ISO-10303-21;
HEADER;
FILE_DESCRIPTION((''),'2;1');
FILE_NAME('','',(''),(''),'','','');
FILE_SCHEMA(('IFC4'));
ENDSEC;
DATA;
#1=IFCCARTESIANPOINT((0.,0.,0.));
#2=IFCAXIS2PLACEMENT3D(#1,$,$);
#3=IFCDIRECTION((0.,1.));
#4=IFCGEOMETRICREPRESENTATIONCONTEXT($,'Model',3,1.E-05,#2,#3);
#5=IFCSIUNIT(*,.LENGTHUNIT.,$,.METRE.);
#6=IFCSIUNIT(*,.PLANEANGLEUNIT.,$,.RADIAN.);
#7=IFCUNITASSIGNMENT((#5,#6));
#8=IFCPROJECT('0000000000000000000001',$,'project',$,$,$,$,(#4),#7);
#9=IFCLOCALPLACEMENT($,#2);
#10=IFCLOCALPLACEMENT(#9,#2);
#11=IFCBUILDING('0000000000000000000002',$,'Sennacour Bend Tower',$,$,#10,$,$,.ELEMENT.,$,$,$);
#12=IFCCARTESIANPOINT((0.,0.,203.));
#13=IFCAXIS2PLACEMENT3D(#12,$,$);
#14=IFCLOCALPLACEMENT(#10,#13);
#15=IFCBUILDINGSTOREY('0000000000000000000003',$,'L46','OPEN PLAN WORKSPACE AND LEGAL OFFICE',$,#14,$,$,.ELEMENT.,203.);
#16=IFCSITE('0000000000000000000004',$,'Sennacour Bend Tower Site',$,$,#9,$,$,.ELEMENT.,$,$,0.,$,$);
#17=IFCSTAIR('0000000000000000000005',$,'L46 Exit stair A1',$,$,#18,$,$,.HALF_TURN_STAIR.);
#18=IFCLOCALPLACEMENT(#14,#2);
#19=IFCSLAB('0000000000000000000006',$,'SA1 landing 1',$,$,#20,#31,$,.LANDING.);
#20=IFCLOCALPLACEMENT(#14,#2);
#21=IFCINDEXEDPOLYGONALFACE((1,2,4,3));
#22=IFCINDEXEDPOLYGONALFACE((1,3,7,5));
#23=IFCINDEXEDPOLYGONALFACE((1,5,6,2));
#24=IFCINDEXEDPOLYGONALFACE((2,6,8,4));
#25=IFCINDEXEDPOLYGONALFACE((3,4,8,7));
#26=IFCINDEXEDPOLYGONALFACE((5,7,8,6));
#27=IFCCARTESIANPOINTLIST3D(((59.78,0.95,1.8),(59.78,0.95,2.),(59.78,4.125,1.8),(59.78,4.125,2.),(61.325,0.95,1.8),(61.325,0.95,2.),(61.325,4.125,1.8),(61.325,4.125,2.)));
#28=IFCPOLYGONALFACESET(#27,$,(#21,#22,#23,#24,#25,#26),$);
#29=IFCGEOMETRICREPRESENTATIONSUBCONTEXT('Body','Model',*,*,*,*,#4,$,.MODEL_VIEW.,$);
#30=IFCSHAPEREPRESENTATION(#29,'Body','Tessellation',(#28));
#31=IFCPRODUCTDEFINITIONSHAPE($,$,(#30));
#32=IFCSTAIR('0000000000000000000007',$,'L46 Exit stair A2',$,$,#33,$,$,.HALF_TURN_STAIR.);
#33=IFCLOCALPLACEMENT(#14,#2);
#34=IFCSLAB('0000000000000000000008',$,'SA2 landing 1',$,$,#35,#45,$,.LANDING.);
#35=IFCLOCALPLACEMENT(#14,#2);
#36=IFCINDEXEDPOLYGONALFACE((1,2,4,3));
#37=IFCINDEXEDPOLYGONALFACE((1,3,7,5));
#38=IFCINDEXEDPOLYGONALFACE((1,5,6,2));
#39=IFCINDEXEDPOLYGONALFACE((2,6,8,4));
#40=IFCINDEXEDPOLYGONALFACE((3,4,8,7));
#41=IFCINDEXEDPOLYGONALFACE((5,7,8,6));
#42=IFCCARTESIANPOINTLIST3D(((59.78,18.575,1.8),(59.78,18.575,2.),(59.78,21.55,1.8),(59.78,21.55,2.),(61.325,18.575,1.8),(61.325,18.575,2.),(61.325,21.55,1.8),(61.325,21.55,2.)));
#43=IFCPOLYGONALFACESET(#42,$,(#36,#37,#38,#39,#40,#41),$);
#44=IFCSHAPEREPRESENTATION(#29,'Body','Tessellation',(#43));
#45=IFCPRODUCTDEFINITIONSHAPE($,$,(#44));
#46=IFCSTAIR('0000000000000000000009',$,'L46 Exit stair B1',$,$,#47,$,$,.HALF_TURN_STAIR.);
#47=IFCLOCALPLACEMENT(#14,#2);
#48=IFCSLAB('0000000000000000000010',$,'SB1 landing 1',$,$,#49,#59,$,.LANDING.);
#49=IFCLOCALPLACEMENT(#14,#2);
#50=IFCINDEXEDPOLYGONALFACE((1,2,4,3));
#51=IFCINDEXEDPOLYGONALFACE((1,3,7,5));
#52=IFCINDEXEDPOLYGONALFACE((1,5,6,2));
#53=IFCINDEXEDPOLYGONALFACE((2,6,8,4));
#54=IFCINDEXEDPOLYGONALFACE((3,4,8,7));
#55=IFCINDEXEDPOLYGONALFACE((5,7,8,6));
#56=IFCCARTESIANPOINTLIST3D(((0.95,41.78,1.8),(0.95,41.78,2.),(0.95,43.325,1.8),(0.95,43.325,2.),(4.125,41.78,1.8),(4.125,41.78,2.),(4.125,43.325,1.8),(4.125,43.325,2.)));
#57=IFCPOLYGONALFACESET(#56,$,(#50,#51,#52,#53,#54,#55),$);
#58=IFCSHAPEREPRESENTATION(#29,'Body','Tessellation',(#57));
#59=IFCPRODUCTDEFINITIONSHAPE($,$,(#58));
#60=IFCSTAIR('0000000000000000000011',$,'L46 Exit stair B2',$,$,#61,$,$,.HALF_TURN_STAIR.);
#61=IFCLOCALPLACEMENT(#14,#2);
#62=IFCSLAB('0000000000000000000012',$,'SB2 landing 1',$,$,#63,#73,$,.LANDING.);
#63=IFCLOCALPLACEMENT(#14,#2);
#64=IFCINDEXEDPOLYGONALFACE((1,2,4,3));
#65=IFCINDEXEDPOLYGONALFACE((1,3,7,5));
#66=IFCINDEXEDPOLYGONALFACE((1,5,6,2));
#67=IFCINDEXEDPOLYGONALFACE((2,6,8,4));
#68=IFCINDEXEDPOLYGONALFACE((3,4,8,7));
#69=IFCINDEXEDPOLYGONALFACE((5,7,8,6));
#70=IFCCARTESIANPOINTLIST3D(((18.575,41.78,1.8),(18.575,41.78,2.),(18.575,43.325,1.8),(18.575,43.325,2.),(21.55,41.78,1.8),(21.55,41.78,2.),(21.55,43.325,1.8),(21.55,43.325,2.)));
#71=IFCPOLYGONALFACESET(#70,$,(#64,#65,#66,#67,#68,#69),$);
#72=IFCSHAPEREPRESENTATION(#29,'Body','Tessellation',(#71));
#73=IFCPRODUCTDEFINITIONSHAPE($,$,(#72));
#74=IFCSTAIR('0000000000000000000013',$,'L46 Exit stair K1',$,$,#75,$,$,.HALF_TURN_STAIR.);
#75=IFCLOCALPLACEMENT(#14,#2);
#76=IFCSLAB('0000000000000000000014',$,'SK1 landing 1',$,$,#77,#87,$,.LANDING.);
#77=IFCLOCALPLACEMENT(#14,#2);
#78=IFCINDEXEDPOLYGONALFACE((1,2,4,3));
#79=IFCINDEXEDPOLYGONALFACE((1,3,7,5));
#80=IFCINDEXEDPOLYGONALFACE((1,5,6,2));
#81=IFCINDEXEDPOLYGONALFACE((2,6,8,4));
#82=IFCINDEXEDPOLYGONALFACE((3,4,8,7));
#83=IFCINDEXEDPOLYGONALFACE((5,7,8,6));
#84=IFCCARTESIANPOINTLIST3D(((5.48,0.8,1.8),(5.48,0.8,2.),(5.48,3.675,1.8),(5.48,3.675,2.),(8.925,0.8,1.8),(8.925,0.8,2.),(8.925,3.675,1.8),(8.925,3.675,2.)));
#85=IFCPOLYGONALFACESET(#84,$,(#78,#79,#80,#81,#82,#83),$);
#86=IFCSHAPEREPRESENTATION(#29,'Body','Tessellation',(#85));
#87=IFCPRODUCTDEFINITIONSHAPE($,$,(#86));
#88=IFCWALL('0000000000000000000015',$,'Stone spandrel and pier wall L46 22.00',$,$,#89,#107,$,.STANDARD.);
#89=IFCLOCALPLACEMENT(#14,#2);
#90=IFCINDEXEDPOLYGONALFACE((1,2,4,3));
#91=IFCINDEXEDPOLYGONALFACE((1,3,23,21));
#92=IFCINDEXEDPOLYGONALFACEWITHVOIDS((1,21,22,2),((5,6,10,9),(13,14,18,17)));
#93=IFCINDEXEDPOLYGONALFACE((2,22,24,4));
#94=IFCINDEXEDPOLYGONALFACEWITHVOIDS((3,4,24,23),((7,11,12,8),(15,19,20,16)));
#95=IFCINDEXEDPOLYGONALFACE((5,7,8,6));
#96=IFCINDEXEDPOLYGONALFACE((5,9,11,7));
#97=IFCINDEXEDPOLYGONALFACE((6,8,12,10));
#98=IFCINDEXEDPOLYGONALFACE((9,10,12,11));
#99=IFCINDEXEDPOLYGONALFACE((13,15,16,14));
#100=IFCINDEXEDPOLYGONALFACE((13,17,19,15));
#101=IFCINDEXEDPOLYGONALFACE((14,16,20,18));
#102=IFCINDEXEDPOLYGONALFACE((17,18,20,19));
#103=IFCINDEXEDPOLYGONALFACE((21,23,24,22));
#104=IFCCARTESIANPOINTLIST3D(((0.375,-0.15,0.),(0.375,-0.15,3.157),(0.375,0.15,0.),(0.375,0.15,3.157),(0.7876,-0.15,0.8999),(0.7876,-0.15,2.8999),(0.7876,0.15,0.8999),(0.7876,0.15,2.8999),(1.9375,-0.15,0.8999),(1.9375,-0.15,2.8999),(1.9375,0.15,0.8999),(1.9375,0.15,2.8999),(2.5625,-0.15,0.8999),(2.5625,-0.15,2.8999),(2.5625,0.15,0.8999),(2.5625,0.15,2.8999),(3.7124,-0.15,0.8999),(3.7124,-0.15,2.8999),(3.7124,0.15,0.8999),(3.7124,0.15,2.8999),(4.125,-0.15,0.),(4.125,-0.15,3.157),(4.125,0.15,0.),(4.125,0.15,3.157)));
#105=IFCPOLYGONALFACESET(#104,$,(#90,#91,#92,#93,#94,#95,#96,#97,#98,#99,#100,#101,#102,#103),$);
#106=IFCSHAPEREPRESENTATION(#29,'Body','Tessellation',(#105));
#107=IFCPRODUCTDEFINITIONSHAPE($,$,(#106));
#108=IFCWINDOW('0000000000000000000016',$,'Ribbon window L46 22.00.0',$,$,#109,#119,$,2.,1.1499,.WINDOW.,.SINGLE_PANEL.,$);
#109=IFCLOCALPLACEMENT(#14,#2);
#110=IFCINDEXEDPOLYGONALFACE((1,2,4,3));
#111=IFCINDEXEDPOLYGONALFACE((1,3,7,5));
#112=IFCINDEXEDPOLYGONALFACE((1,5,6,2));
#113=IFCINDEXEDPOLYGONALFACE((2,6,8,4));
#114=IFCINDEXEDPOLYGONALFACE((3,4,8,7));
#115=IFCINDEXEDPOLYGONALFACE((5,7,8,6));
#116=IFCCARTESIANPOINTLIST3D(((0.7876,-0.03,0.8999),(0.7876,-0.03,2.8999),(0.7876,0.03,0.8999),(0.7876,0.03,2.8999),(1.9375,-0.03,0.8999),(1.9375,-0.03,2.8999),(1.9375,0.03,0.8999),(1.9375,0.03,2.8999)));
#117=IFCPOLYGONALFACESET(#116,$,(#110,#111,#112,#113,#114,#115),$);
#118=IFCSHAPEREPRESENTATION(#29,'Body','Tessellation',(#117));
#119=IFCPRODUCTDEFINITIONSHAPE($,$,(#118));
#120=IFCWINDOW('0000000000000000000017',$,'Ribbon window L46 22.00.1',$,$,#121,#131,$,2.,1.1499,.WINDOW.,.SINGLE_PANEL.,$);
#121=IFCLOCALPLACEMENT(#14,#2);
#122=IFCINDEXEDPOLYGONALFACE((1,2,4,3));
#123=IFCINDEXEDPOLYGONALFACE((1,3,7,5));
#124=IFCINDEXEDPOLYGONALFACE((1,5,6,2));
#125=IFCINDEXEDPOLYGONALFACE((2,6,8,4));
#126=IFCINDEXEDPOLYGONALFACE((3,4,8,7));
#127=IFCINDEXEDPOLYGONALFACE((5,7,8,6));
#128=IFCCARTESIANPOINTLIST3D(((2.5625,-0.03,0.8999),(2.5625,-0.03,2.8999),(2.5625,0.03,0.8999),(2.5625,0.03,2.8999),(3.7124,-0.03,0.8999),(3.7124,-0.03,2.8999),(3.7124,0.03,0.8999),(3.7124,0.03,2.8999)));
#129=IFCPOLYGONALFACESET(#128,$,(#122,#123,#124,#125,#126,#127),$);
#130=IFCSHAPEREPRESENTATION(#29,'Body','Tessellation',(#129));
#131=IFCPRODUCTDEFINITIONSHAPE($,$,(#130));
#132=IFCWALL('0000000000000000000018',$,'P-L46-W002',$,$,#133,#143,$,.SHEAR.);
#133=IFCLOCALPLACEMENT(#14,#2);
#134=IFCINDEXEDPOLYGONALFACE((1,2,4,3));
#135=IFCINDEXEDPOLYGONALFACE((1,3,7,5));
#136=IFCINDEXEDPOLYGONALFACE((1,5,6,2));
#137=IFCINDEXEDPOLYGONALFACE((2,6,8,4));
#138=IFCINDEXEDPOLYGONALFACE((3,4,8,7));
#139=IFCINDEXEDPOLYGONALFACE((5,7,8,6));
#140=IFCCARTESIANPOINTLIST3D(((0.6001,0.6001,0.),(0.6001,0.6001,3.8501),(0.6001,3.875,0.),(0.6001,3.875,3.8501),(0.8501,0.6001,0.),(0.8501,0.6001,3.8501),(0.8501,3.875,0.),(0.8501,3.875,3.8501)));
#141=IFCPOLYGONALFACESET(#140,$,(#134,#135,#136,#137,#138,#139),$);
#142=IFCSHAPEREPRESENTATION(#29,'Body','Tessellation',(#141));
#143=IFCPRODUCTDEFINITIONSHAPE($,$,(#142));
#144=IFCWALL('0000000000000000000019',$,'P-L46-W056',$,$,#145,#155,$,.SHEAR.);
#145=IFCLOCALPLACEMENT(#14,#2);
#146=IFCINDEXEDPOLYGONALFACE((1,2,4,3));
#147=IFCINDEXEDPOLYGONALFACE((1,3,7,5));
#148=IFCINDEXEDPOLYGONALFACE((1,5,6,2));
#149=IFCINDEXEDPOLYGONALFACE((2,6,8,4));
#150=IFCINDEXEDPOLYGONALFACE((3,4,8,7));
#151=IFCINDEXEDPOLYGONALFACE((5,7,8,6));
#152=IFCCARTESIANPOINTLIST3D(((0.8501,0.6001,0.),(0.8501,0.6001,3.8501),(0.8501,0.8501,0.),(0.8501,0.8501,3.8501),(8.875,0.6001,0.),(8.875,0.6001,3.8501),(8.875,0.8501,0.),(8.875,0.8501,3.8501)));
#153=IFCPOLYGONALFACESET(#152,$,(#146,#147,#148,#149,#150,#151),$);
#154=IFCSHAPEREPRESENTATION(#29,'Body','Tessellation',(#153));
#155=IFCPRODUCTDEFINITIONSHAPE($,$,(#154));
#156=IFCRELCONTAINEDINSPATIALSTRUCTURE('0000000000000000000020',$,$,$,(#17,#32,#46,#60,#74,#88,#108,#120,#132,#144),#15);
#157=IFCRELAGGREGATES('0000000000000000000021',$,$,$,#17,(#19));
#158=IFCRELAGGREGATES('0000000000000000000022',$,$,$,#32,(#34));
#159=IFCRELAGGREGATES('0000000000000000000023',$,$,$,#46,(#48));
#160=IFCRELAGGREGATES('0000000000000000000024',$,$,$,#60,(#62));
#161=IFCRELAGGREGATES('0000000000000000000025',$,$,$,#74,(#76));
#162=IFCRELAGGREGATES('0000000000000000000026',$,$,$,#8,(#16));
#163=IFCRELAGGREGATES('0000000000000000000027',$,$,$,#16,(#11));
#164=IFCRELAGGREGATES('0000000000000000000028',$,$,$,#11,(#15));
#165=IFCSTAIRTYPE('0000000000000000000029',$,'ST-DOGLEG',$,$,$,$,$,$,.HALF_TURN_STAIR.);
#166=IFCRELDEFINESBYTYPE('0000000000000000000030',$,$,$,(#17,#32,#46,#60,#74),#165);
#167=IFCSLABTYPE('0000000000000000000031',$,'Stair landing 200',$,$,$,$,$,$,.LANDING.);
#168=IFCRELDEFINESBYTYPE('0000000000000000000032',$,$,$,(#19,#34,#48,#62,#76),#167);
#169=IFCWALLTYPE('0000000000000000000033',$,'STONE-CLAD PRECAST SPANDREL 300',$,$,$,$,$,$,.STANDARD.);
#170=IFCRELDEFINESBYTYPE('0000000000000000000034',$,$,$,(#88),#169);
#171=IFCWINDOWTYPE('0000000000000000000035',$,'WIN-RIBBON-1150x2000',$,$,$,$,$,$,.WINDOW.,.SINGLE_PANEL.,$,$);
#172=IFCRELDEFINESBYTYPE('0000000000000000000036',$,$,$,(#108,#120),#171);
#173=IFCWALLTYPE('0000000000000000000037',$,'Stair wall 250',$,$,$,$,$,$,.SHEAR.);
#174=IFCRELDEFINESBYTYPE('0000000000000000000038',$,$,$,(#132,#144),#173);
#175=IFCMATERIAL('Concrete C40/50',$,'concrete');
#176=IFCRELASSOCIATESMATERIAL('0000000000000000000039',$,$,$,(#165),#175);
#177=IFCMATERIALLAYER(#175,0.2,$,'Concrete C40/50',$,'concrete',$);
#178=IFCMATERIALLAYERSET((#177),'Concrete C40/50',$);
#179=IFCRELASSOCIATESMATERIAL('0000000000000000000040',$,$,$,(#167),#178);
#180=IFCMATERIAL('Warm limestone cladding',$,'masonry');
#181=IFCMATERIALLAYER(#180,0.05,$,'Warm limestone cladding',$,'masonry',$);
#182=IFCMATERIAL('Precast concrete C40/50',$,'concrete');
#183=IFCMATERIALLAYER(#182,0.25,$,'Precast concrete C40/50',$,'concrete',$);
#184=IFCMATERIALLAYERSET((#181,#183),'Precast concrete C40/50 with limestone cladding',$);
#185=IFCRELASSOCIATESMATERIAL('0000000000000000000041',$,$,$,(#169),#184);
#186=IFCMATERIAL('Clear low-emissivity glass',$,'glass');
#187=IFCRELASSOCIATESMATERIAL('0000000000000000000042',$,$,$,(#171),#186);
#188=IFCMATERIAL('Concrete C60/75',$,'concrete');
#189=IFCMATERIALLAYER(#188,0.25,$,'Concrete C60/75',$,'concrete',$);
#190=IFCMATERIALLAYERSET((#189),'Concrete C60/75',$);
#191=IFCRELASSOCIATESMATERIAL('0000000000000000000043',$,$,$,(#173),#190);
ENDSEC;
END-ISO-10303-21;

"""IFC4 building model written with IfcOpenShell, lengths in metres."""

from ifc_helpers import new_model, si_unit, direction, frame, frame_2d, origin, place, context, subcontext, project, spatial, polyline, rectangle, outline, extrude, material, layer, layer_set, type_object, element, fill, aggregate, save


model = new_model("IFC4")

# Units and contexts
model_context = context("Model", 3, precision=1e-05, world=origin(), true_north=direction((0.0, 1.0)))
body_context = subcontext(model_context, "Body", "Model", "MODEL_VIEW")
ifc_project = project(units=[si_unit("LENGTHUNIT", "METRE"), si_unit("PLANEANGLEUNIT", "RADIAN")], contexts=[model_context])

# Site, building, storey
site_placement = place(None, origin())
site = spatial("IfcSite", under=ifc_project, at=site_placement, Name="Sennacour Bend Tower Site", CompositionType="ELEMENT", RefElevation=0.0)
building_placement = place(site_placement, origin())
building = spatial("IfcBuilding", under=site, at=building_placement, Name="Sennacour Bend Tower", CompositionType="ELEMENT")
storey_placement = place(building_placement, frame((0.0, 0.0, 203.0)))
storey = spatial("IfcBuildingStorey", under=building, at=storey_placement, Name="L46", Description="OPEN PLAN WORKSPACE AND LEGAL OFFICE", CompositionType="ELEMENT", Elevation=203.0)

# Shared definitions
ifc_material_1 = material(Name="Concrete C40/50", Category="concrete")

# Stairs, slabs
stair_type = type_object("IfcStairType", Name="ST-DOGLEG", PredefinedType="HALF_TURN_STAIR", material=ifc_material_1)
stair_1_placement = place(storey_placement, origin())
stair_1 = element("IfcStair", 1, at=stair_1_placement, inside=storey, type_object=stair_type, Name="L46 Exit stair A1", PredefinedType="HALF_TURN_STAIR")
ifc_layer_1 = layer(ifc_material_1, 0.2, Name="Concrete C40/50", Category="concrete")
ifc_layer_set_1 = layer_set([ifc_layer_1], Name="Concrete C40/50")
slab_type_1 = type_object("IfcSlabType", Name="Stair landing 200", PredefinedType="LANDING", material=ifc_layer_set_1)
slab_1_placement = place(storey_placement, frame((0.0, 0.0, 1.8)))
slab_1 = element("IfcSlab", 2, at=slab_1_placement, type_object=slab_type_1, Name="SA1 landing 1", PredefinedType="LANDING", context=body_context, shape_type="SweptSolid", body=[
    extrude(outline(polyline([(59.78, 0.95), (61.325, 0.95), (61.325, 4.125), (59.78, 4.125), (59.78, 0.95)])), origin(), (0.0, 0.0, 1.0), 0.2),
])
aggregate(stair_1, [slab_1])
stair_2_placement = place(storey_placement, origin())
stair_2 = element("IfcStair", 3, at=stair_2_placement, inside=storey, type_object=stair_type, Name="L46 Exit stair A2", PredefinedType="HALF_TURN_STAIR")
slab_2_placement = place(storey_placement, frame((0.0, 0.0, 1.8)))
slab_2 = element("IfcSlab", 4, at=slab_2_placement, type_object=slab_type_1, Name="SA2 landing 1", PredefinedType="LANDING", context=body_context, shape_type="SweptSolid", body=[
    extrude(outline(polyline([(59.78, 18.575), (61.325, 18.575), (61.325, 21.55), (59.78, 21.55), (59.78, 18.575)])), origin(), (0.0, 0.0, 1.0), 0.2),
])
aggregate(stair_2, [slab_2])
stair_3_placement = place(storey_placement, origin())
stair_3 = element("IfcStair", 5, at=stair_3_placement, inside=storey, type_object=stair_type, Name="L46 Exit stair B1", PredefinedType="HALF_TURN_STAIR")
slab_3_placement = place(storey_placement, frame((0.0, 0.0, 1.8)))
slab_3 = element("IfcSlab", 6, at=slab_3_placement, type_object=slab_type_1, Name="SB1 landing 1", PredefinedType="LANDING", context=body_context, shape_type="SweptSolid", body=[
    extrude(outline(polyline([(0.95, 41.78), (4.125, 41.78), (4.125, 43.325), (0.95, 43.325), (0.95, 41.78)])), origin(), (0.0, 0.0, 1.0), 0.2),
])
aggregate(stair_3, [slab_3])
stair_4_placement = place(storey_placement, origin())
stair_4 = element("IfcStair", 7, at=stair_4_placement, inside=storey, type_object=stair_type, Name="L46 Exit stair B2", PredefinedType="HALF_TURN_STAIR")
slab_4_placement = place(storey_placement, frame((0.0, 0.0, 1.8)))
slab_4 = element("IfcSlab", 8, at=slab_4_placement, type_object=slab_type_1, Name="SB2 landing 1", PredefinedType="LANDING", context=body_context, shape_type="SweptSolid", body=[
    extrude(outline(polyline([(18.575, 41.78), (21.55, 41.78), (21.55, 43.325), (18.575, 43.325), (18.575, 41.78)])), origin(), (0.0, 0.0, 1.0), 0.2),
])
aggregate(stair_4, [slab_4])
stair_5_placement = place(storey_placement, origin())
stair_5 = element("IfcStair", 9, at=stair_5_placement, inside=storey, type_object=stair_type, Name="L46 Exit stair K1", PredefinedType="HALF_TURN_STAIR")
slab_5_placement = place(storey_placement, frame((0.0, 0.0, 1.8)))
slab_5 = element("IfcSlab", 10, at=slab_5_placement, type_object=slab_type_1, Name="SK1 landing 1", PredefinedType="LANDING", context=body_context, shape_type="SweptSolid", body=[
    extrude(outline(polyline([(5.48, 0.8), (8.925, 0.8), (8.925, 3.675), (5.48, 3.675), (5.48, 0.8)])), origin(), (0.0, 0.0, 1.0), 0.2),
])
aggregate(stair_5, [slab_5])

# Wall, openings, windows
ifc_material_2 = material(Name="Warm limestone cladding", Category="masonry")
ifc_layer_2 = layer(ifc_material_2, 0.05, Name="Warm limestone cladding", Category="masonry")
ifc_material_3 = material(Name="Precast concrete C40/50", Category="concrete")
ifc_layer_3 = layer(ifc_material_3, 0.25, Name="Precast concrete C40/50", Category="concrete")
ifc_layer_set_2 = layer_set([ifc_layer_2, ifc_layer_3], Name="Precast concrete C40/50 with limestone cladding")
wall_type_1 = type_object("IfcWallType", Name="STONE-CLAD PRECAST SPANDREL 300", PredefinedType="STANDARD", material=ifc_layer_set_2)
wall_1_placement = place(storey_placement, frame((0.375, 0.0, 0.0), z_axis=(0.0, 0.0, 1.0), x_axis=(1.0, 0.0, 0.0)))
wall_1 = element("IfcWall", 11, at=wall_1_placement, inside=storey, type_object=wall_type_1, Name="Stone spandrel and pier wall L46 22.00", PredefinedType="STANDARD", context=body_context, shape_type="SweptSolid", body=[
    extrude(rectangle(XDim=3.75, YDim=0.3, at=frame_2d((1.875, 0.0))), origin(), (0.0, 0.0, 1.0), 3.157),
])
opening_1_placement = place(wall_1_placement, frame((0.4126, 0.0, 0.8999)))
opening_1 = element("IfcOpeningElement", 12, at=opening_1_placement, cuts=wall_1, PredefinedType="OPENING", context=body_context, shape_type="SweptSolid", body=[
    extrude(rectangle(XDim=1.1499, YDim=2.0, at=frame_2d((0.575, 1.0))), frame((0.0, 0.1602, 0.0), z_axis=(0.0, -1.0, 0.0), x_axis=(1.0, 0.0, 0.0)), (0.0, 0.0, 1.0), 0.3201),
])
opening_2_placement = place(wall_1_placement, frame((2.1875, 0.0, 0.8999)))
opening_2 = element("IfcOpeningElement", 13, at=opening_2_placement, cuts=wall_1, PredefinedType="OPENING", context=body_context, shape_type="SweptSolid", body=[
    extrude(rectangle(XDim=1.1499, YDim=2.0, at=frame_2d((0.575, 1.0))), frame((0.0, 0.1602, 0.0), z_axis=(0.0, -1.0, 0.0), x_axis=(1.0, 0.0, 0.0)), (0.0, 0.0, 1.0), 0.3201),
])
ifc_material_4 = material(Name="Clear low-emissivity glass", Category="glass")
window_type = type_object("IfcWindowType", Name="WIN-RIBBON-1150x2000", PartitioningType="SINGLE_PANEL", PredefinedType="WINDOW", material=ifc_material_4)
window_1_placement = place(opening_1_placement, origin())
window_1 = element("IfcWindow", 14, at=window_1_placement, inside=storey, type_object=window_type, Name="Ribbon window L46 22.00.0", OverallHeight=2.0, OverallWidth=1.1499, PartitioningType="SINGLE_PANEL", PredefinedType="WINDOW", context=body_context, shape_type="SweptSolid", body=[
    extrude(rectangle(XDim=1.1499, YDim=2.0, at=frame_2d((0.575, 1.0))), frame((0.0, 0.03, 0.0), z_axis=(0.0, -1.0, 0.0), x_axis=(1.0, 0.0, 0.0)), (0.0, 0.0, 1.0), 0.0601),
])
fill(opening_1, window_1)
window_2_placement = place(opening_2_placement, origin())
window_2 = element("IfcWindow", 15, at=window_2_placement, inside=storey, type_object=window_type, Name="Ribbon window L46 22.00.1", OverallHeight=2.0, OverallWidth=1.1499, PartitioningType="SINGLE_PANEL", PredefinedType="WINDOW", context=body_context, shape_type="SweptSolid", body=[
    extrude(rectangle(XDim=1.1499, YDim=2.0, at=frame_2d((0.575, 1.0))), frame((0.0, 0.03, 0.0), z_axis=(0.0, -1.0, 0.0), x_axis=(1.0, 0.0, 0.0)), (0.0, 0.0, 1.0), 0.0601),
])
fill(opening_2, window_2)

# Walls
ifc_material_5 = material(Name="Concrete C60/75", Category="concrete")
ifc_layer_4 = layer(ifc_material_5, 0.25, Name="Concrete C60/75", Category="concrete")
ifc_layer_set_3 = layer_set([ifc_layer_4], Name="Concrete C60/75")
wall_type_2 = type_object("IfcWallType", Name="Stair wall 250", PredefinedType="SHEAR", material=ifc_layer_set_3)
wall_2_placement = place(storey_placement, frame((0.7251, 0.6001, 0.0), z_axis=(0.0, 0.0, 1.0), x_axis=(0.0, 1.0, 0.0)))
element("IfcWall", 16, at=wall_2_placement, inside=storey, type_object=wall_type_2, Name="P-L46-W002", PredefinedType="SHEAR", context=body_context, shape_type="SweptSolid", body=[
    extrude(rectangle(XDim=3.2749, YDim=0.25, at=frame_2d((1.6375, 0.0))), origin(), (0.0, 0.0, 1.0), 3.8501),
])
wall_3_placement = place(storey_placement, frame((0.8501, 0.7251, 0.0), z_axis=(0.0, 0.0, 1.0), x_axis=(1.0, 0.0, 0.0)))
element("IfcWall", 17, at=wall_3_placement, inside=storey, type_object=wall_type_2, Name="P-L46-W056", PredefinedType="SHEAR", context=body_context, shape_type="SweptSolid", body=[
    extrude(rectangle(XDim=8.0249, YDim=0.25, at=frame_2d((4.0125, 0.0))), origin(), (0.0, 0.0, 1.0), 3.8501),
])

save(model, "model.ifc")
